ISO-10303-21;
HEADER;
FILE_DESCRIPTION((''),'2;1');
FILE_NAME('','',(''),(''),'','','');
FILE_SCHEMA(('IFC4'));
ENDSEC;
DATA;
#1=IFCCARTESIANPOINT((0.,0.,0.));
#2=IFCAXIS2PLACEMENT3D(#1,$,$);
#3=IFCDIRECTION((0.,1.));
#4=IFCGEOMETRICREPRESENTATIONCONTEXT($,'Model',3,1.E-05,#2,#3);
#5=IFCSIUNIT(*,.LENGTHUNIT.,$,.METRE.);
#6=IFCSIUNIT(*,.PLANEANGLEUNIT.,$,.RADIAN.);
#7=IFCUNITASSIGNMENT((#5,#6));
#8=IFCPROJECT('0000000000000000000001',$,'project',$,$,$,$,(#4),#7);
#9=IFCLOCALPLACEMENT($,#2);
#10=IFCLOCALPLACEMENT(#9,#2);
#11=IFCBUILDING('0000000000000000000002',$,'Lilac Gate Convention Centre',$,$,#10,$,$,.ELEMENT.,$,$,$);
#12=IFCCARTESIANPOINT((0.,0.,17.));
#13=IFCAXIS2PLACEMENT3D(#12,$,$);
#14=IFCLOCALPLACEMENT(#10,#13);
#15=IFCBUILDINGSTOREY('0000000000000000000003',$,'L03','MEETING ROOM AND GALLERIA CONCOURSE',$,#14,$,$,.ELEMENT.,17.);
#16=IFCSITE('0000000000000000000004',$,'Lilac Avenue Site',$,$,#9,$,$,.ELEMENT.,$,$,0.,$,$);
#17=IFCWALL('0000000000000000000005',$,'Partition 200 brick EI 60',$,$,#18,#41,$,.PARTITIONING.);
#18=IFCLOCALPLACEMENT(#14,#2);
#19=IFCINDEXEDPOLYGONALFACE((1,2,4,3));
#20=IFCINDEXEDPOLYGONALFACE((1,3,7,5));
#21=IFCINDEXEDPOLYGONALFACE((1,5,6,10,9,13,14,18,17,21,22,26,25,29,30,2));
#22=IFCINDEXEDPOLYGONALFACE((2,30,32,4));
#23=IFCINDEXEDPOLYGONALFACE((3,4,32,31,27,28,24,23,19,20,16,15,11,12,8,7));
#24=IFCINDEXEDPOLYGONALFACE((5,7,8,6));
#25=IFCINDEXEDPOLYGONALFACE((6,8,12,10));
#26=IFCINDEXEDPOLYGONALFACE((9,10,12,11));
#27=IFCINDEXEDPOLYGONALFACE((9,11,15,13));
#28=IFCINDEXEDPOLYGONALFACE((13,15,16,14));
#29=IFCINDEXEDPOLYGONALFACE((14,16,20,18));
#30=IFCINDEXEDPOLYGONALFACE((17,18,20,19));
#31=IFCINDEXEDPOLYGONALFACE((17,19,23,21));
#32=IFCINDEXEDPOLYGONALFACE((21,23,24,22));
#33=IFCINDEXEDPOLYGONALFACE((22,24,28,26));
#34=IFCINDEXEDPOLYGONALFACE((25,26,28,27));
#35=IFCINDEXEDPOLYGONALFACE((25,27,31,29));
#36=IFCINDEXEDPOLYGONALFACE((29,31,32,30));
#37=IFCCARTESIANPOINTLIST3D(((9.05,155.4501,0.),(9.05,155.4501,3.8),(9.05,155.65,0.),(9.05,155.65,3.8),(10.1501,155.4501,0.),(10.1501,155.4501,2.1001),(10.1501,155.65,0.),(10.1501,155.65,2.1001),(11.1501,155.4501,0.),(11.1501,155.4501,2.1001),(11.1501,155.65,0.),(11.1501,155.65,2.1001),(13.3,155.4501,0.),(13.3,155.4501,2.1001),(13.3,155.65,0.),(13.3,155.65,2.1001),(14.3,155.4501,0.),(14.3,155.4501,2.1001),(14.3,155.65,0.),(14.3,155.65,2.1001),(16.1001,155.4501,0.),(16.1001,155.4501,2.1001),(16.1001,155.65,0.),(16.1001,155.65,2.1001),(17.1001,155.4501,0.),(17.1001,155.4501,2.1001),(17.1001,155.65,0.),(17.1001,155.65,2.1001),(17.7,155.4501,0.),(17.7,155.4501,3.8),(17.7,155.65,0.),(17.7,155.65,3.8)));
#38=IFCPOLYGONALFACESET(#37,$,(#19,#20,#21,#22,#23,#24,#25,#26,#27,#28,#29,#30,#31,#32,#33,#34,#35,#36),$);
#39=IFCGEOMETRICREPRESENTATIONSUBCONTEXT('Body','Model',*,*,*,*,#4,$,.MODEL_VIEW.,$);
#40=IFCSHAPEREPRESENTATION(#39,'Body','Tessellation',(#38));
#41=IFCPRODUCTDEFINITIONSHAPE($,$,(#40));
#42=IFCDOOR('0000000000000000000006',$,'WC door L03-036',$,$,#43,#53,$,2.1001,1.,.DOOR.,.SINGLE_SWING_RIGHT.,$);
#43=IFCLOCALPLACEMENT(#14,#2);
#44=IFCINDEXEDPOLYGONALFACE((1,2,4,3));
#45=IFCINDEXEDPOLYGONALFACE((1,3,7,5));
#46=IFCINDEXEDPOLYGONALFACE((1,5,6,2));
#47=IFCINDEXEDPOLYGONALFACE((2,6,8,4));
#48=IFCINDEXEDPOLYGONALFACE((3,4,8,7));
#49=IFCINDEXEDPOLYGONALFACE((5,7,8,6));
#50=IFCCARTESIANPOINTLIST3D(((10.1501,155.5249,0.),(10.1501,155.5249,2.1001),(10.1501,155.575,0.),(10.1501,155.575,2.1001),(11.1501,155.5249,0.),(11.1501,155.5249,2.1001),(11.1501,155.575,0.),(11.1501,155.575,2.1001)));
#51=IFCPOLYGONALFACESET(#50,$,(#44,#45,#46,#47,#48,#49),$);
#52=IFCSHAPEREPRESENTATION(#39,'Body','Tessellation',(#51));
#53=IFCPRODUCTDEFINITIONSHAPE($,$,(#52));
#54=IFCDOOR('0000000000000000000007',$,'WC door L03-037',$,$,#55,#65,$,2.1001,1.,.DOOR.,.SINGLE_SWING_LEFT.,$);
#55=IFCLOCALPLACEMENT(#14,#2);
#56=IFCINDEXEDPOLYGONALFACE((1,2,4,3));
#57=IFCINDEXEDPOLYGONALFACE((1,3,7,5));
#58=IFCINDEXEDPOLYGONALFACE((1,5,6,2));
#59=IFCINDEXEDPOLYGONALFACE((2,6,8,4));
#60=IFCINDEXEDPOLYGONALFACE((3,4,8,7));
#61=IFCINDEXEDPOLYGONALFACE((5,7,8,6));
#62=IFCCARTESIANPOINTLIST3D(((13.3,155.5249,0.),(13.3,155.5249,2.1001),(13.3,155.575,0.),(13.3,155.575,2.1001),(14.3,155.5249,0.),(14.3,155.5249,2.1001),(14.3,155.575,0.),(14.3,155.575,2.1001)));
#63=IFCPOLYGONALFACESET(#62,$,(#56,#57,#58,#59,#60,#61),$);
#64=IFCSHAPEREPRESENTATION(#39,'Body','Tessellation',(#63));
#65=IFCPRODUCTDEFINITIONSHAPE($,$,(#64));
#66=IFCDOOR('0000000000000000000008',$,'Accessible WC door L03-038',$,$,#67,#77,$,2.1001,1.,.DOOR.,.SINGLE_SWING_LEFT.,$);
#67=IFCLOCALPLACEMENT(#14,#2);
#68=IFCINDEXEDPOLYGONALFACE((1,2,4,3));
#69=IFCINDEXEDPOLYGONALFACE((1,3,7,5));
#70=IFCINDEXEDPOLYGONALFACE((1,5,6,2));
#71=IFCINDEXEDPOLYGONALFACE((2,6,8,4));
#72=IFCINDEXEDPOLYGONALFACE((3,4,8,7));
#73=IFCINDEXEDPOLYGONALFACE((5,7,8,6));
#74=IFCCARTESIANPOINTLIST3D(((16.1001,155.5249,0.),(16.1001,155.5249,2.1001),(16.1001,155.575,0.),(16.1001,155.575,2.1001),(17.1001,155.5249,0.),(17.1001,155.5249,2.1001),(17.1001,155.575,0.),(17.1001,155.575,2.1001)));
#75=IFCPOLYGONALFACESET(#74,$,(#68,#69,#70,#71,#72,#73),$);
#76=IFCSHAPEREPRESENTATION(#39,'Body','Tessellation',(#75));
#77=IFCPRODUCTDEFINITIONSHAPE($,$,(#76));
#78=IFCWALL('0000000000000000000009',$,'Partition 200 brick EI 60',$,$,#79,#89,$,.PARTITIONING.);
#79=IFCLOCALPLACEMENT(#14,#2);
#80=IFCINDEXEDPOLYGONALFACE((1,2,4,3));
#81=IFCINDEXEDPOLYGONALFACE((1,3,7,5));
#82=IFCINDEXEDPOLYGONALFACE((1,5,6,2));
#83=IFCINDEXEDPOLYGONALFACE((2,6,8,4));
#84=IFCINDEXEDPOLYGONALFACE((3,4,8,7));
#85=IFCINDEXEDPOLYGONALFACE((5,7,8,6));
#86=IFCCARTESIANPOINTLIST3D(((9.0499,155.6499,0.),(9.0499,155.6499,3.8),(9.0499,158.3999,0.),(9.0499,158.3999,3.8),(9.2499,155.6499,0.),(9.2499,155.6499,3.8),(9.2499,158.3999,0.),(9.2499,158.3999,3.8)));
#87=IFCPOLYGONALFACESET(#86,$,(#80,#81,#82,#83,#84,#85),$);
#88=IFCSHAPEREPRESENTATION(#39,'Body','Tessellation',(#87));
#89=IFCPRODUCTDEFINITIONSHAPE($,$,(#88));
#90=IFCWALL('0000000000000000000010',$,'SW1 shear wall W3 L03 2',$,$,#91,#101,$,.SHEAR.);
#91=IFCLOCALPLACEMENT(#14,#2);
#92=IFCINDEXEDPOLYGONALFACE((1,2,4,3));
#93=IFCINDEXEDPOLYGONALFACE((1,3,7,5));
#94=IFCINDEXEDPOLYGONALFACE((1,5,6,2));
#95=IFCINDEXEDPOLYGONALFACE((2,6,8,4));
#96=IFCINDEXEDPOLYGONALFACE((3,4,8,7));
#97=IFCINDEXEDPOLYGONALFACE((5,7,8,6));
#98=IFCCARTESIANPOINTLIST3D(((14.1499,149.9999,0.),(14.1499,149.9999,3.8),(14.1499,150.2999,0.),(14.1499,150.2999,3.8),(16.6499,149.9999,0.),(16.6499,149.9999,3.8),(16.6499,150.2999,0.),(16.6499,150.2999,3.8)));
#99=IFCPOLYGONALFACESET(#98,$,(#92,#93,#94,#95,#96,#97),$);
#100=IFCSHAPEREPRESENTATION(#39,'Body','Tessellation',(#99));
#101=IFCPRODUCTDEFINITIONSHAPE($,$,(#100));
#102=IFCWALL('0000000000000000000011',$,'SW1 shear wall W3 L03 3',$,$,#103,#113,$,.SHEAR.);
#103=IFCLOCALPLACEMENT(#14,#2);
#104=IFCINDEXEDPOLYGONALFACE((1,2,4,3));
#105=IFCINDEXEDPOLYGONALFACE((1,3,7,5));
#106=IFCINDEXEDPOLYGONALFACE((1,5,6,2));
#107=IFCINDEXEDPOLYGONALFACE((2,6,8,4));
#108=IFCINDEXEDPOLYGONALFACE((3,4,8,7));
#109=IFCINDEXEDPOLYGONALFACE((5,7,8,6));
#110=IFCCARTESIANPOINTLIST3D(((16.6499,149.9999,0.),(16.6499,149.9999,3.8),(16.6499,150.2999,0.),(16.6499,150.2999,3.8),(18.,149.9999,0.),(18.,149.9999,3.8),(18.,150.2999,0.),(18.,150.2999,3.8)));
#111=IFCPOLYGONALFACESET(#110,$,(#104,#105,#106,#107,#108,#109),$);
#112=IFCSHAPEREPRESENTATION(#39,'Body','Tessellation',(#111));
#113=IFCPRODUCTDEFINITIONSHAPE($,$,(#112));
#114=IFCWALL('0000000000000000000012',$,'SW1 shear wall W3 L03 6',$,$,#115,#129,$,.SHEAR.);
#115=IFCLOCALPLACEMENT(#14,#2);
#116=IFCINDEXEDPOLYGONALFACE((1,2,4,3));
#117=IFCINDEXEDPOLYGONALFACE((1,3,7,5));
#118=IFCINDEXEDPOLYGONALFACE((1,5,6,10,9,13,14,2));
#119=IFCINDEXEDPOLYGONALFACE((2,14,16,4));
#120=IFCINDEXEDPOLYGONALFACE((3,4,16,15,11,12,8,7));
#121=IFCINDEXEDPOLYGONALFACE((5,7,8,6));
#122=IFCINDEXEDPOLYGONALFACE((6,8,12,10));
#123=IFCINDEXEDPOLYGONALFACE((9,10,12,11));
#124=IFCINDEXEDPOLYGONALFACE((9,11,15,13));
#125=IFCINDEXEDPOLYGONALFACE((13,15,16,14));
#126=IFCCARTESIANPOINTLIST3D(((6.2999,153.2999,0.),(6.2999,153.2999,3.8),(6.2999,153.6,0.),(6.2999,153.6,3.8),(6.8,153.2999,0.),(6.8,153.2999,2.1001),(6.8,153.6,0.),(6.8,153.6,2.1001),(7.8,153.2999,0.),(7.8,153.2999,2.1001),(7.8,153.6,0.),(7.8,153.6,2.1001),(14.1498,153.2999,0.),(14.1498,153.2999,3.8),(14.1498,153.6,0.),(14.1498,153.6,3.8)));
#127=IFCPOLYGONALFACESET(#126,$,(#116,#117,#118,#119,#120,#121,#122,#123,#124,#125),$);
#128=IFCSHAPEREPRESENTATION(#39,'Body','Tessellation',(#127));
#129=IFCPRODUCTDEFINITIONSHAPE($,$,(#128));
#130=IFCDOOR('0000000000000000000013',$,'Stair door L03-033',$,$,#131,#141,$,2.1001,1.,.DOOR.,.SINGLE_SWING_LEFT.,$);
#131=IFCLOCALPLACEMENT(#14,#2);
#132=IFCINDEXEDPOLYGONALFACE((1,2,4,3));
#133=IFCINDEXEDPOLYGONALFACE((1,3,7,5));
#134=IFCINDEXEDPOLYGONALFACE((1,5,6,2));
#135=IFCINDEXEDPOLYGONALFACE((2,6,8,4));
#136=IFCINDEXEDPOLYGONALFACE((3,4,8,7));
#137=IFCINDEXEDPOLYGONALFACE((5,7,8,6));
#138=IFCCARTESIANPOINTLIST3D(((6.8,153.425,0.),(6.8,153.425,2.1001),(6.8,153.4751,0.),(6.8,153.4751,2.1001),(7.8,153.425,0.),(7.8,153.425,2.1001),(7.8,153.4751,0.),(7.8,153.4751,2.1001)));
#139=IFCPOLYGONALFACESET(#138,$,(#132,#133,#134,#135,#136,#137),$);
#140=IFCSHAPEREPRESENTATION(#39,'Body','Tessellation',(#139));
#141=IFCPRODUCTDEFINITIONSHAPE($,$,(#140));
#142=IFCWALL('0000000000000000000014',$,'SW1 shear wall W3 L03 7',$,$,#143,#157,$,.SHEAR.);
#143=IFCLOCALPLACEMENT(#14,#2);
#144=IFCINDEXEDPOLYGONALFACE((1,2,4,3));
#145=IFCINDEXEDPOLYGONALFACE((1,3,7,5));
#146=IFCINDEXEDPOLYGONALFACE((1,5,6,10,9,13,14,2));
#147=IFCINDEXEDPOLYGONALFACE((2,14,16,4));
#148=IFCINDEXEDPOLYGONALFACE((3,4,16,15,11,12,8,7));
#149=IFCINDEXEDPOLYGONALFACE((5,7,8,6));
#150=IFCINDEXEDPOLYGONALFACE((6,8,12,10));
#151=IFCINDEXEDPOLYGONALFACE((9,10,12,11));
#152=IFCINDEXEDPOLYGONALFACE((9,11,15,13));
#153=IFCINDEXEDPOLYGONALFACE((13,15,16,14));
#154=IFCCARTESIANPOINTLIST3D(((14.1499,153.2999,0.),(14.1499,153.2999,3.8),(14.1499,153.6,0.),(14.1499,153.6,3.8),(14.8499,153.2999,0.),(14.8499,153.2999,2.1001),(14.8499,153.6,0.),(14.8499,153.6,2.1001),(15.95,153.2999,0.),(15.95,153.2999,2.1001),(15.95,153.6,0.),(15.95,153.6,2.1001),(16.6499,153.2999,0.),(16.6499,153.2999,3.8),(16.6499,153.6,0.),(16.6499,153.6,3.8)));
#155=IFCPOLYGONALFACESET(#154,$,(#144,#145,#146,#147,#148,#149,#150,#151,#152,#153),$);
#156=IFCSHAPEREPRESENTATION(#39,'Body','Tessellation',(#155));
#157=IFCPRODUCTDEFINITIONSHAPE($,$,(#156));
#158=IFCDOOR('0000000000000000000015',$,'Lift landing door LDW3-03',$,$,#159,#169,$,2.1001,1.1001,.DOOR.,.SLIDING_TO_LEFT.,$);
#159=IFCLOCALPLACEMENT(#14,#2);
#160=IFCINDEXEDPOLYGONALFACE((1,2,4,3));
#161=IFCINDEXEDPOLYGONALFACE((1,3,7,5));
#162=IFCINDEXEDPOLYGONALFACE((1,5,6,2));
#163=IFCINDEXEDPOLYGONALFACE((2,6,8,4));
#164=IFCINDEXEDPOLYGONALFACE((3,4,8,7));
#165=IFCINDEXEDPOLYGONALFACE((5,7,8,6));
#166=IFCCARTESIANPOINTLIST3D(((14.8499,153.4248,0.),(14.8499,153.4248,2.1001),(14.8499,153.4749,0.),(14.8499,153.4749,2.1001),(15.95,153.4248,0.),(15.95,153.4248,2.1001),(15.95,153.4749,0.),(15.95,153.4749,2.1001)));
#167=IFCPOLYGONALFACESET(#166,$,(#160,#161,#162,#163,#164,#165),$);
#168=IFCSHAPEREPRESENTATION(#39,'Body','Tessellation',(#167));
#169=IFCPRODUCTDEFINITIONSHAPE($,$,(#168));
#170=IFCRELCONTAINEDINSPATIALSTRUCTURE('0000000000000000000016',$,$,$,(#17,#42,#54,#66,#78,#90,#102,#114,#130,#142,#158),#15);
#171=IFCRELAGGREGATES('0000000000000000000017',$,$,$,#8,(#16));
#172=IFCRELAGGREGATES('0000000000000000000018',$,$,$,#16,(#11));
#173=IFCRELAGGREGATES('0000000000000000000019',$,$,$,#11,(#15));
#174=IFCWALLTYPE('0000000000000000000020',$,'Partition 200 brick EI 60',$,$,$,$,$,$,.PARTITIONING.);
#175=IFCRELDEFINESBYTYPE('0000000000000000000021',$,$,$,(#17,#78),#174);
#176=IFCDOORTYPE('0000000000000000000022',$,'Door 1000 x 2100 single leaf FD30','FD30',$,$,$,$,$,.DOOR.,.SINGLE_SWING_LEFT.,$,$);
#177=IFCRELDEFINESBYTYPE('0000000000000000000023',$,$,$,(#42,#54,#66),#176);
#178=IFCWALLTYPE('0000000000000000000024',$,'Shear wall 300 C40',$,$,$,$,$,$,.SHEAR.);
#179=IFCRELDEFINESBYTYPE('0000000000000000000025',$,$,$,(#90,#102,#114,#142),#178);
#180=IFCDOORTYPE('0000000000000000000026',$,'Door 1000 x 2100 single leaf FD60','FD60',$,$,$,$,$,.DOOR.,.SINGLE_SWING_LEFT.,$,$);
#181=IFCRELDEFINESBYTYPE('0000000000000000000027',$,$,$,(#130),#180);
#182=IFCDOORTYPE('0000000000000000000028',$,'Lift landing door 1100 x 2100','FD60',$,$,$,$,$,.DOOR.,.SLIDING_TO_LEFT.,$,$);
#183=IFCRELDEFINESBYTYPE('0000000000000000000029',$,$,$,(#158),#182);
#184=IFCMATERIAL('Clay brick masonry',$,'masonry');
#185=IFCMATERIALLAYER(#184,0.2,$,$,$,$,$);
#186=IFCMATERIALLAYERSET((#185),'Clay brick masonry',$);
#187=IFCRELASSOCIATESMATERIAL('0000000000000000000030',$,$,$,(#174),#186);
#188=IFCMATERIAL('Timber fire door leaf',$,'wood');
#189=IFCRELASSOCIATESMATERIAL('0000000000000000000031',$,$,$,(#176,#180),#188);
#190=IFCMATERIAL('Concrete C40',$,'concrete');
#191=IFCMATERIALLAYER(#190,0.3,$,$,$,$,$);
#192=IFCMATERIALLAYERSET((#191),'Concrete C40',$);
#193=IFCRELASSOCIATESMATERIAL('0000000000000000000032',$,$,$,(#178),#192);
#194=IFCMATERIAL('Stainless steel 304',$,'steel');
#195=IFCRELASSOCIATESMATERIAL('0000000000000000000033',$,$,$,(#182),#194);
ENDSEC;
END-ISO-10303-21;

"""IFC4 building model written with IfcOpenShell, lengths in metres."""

from ifc_helpers import new_model, si_unit, direction, frame, frame_2d, origin, place, context, subcontext, project, spatial, rectangle, extrude, material, layer, layer_set, type_object, element, fill, save


model = new_model("IFC4")

# Units and contexts
model_context = context("Model", 3, precision=1e-05, world=origin(), true_north=direction((0.0, 1.0)))
body_context = subcontext(model_context, "Body", "Model", "MODEL_VIEW")
ifc_project = project(units=[si_unit("LENGTHUNIT", "METRE"), si_unit("PLANEANGLEUNIT", "RADIAN")], contexts=[model_context])

# Site, building, storey
site_placement = place(None, origin())
site = spatial("IfcSite", under=ifc_project, at=site_placement, Name="Lilac Avenue Site", CompositionType="ELEMENT", RefElevation=0.0)
building_placement = place(site_placement, origin())
building = spatial("IfcBuilding", under=site, at=building_placement, Name="Lilac Gate Convention Centre", CompositionType="ELEMENT")
storey_placement = place(building_placement, frame((0.0, 0.0, 17.0)))
storey = spatial("IfcBuildingStorey", under=building, at=storey_placement, Name="L03", Description="MEETING ROOM AND GALLERIA CONCOURSE", CompositionType="ELEMENT", Elevation=17.0)

# Shared definitions
ifc_material_1 = material(Name="Concrete C40", Category="concrete")

# Wall, openings, doors
ifc_material_2 = material(Name="Clay brick masonry", Category="masonry")
ifc_layer_1 = layer(ifc_material_2, 0.2)
ifc_layer_set_1 = layer_set([ifc_layer_1], Name="Clay brick masonry")
wall_type_1 = type_object("IfcWallType", Name="Partition 200 brick EI 60", PredefinedType="PARTITIONING", material=ifc_layer_set_1)
wall_1_placement = place(storey_placement, frame((9.05, 155.55, 0.0), z_axis=(0.0, 0.0, 1.0), x_axis=(1.0, 0.0, 0.0)))
wall_1 = element("IfcWall", 1, at=wall_1_placement, inside=storey, type_object=wall_type_1, Name="Partition 200 brick EI 60", PredefinedType="PARTITIONING", context=body_context, shape_type="SweptSolid", body=[
    extrude(rectangle(XDim=8.6499, YDim=0.2, at=frame_2d((4.325, 0.0))), origin(), (0.0, 0.0, 1.0), 3.8),
])
opening_1_placement = place(wall_1_placement, frame((1.1001, 0.0, 0.0)))
opening_1 = element("IfcOpeningElement", 2, at=opening_1_placement, cuts=wall_1, PredefinedType="OPENING", context=body_context, shape_type="SweptSolid", body=[
    extrude(rectangle(XDim=1.0, YDim=2.1001, at=frame_2d((0.5, 1.05))), frame((0.0, 0.1099, 0.0), z_axis=(0.0, -1.0, 0.0), x_axis=(1.0, 0.0, 0.0)), (0.0, 0.0, 1.0), 0.22),
])
opening_2_placement = place(wall_1_placement, frame((4.25, 0.0, 0.0)))
opening_2 = element("IfcOpeningElement", 3, at=opening_2_placement, cuts=wall_1, PredefinedType="OPENING", context=body_context, shape_type="SweptSolid", body=[
    extrude(rectangle(XDim=1.0, YDim=2.1001, at=frame_2d((0.5, 1.05))), frame((0.0, 0.1099, 0.0), z_axis=(0.0, -1.0, 0.0), x_axis=(1.0, 0.0, 0.0)), (0.0, 0.0, 1.0), 0.22),
])
opening_3_placement = place(wall_1_placement, frame((7.05, 0.0, 0.0)))
opening_3 = element("IfcOpeningElement", 4, at=opening_3_placement, cuts=wall_1, PredefinedType="OPENING", context=body_context, shape_type="SweptSolid", body=[
    extrude(rectangle(XDim=1.0, YDim=2.1001, at=frame_2d((0.5, 1.05))), frame((0.0, 0.1099, 0.0), z_axis=(0.0, -1.0, 0.0), x_axis=(1.0, 0.0, 0.0)), (0.0, 0.0, 1.0), 0.22),
])
ifc_material_3 = material(Name="Timber fire door leaf", Category="wood")
door_type_1 = type_object("IfcDoorType", Name="Door 1000 x 2100 single leaf FD30", Description="FD30", OperationType="SINGLE_SWING_LEFT", PredefinedType="DOOR", material=ifc_material_3)
door_1_placement = place(opening_1_placement, origin())
door_1 = element("IfcDoor", 5, at=door_1_placement, inside=storey, type_object=door_type_1, Name="WC door L03-036", OperationType="SINGLE_SWING_RIGHT", OverallHeight=2.1001, OverallWidth=1.0, PredefinedType="DOOR", context=body_context, shape_type="SweptSolid", body=[
    extrude(rectangle(XDim=1.0, YDim=2.1001, at=frame_2d((0.5, 1.05))), frame((0.0, 0.0249, 0.0), z_axis=(0.0, -1.0, 0.0), x_axis=(1.0, 0.0, 0.0)), (0.0, 0.0, 1.0), 0.05),
])
fill(opening_1, door_1)
door_2_placement = place(opening_2_placement, origin())
door_2 = element("IfcDoor", 6, at=door_2_placement, inside=storey, type_object=door_type_1, Name="WC door L03-037", OperationType="SINGLE_SWING_LEFT", OverallHeight=2.1001, OverallWidth=1.0, PredefinedType="DOOR", context=body_context, shape_type="SweptSolid", body=[
    extrude(rectangle(XDim=1.0, YDim=2.1001, at=frame_2d((0.5, 1.05))), frame((0.0, 0.0249, 0.0), z_axis=(0.0, -1.0, 0.0), x_axis=(1.0, 0.0, 0.0)), (0.0, 0.0, 1.0), 0.05),
])
fill(opening_2, door_2)
door_3_placement = place(opening_3_placement, origin())
door_3 = element("IfcDoor", 7, at=door_3_placement, inside=storey, type_object=door_type_1, Name="Accessible WC door L03-038", OperationType="SINGLE_SWING_LEFT", OverallHeight=2.1001, OverallWidth=1.0, PredefinedType="DOOR", context=body_context, shape_type="SweptSolid", body=[
    extrude(rectangle(XDim=1.0, YDim=2.1001, at=frame_2d((0.5, 1.05))), frame((0.0, 0.0249, 0.0), z_axis=(0.0, -1.0, 0.0), x_axis=(1.0, 0.0, 0.0)), (0.0, 0.0, 1.0), 0.05),
])
fill(opening_3, door_3)

# Walls
wall_2_placement = place(storey_placement, frame((9.1499, 155.6499, 0.0), z_axis=(0.0, 0.0, 1.0), x_axis=(0.0, 1.0, 0.0)))
element("IfcWall", 8, at=wall_2_placement, inside=storey, type_object=wall_type_1, Name="Partition 200 brick EI 60", PredefinedType="PARTITIONING", context=body_context, shape_type="SweptSolid", body=[
    extrude(rectangle(XDim=2.75, YDim=0.2, at=frame_2d((1.375, 0.0))), origin(), (0.0, 0.0, 1.0), 3.8),
])
ifc_layer_2 = layer(ifc_material_1, 0.3)
ifc_layer_set_2 = layer_set([ifc_layer_2], Name="Concrete C40")
wall_type_2 = type_object("IfcWallType", Name="Shear wall 300 C40", PredefinedType="SHEAR", material=ifc_layer_set_2)
wall_3_placement = place(storey_placement, frame((14.1499, 150.1499, 0.0), z_axis=(0.0, 0.0, 1.0), x_axis=(1.0, 0.0, 0.0)))
element("IfcWall", 9, at=wall_3_placement, inside=storey, type_object=wall_type_2, Name="SW1 shear wall W3 L03 2", PredefinedType="SHEAR", context=body_context, shape_type="SweptSolid", body=[
    extrude(rectangle(XDim=2.5, YDim=0.3, at=frame_2d((1.25, 0.0))), origin(), (0.0, 0.0, 1.0), 3.8),
])
wall_4_placement = place(storey_placement, frame((16.6499, 150.1499, 0.0), z_axis=(0.0, 0.0, 1.0), x_axis=(1.0, 0.0, 0.0)))
element("IfcWall", 10, at=wall_4_placement, inside=storey, type_object=wall_type_2, Name="SW1 shear wall W3 L03 3", PredefinedType="SHEAR", context=body_context, shape_type="SweptSolid", body=[
    extrude(rectangle(XDim=1.3501, YDim=0.3, at=frame_2d((0.675, 0.0))), origin(), (0.0, 0.0, 1.0), 3.8),
])

# Walls, openings, doors
wall_5_placement = place(storey_placement, frame((6.3, 153.45, 0.0), z_axis=(0.0, 0.0, 1.0), x_axis=(1.0, 0.0, 0.0)))
wall_5 = element("IfcWall", 11, at=wall_5_placement, inside=storey, type_object=wall_type_2, Name="SW1 shear wall W3 L03 6", PredefinedType="SHEAR", context=body_context, shape_type="SweptSolid", body=[
    extrude(rectangle(XDim=7.8499, YDim=0.3, at=frame_2d((3.9248, 0.0))), origin(), (0.0, 0.0, 1.0), 3.8),
])
opening_4_placement = place(wall_5_placement, frame((0.5, 0.0, 0.0)))
opening_4 = element("IfcOpeningElement", 12, at=opening_4_placement, cuts=wall_5, PredefinedType="OPENING", context=body_context, shape_type="SweptSolid", body=[
    extrude(rectangle(XDim=1.0, YDim=2.1001, at=frame_2d((0.5, 1.05))), frame((0.0, 0.1599, 0.0), z_axis=(0.0, -1.0, 0.0), x_axis=(1.0, 0.0, 0.0)), (0.0, 0.0, 1.0), 0.3201),
])
door_type_2 = type_object("IfcDoorType", Name="Door 1000 x 2100 single leaf FD60", Description="FD60", OperationType="SINGLE_SWING_LEFT", PredefinedType="DOOR", material=ifc_material_3)
door_4_placement = place(opening_4_placement, frame((1.0, 0.0, 0.0), z_axis=(0.0, 0.0, 1.0), x_axis=(-1.0, 0.0, 0.0)))
door_4 = element("IfcDoor", 13, at=door_4_placement, inside=storey, type_object=door_type_2, Name="Stair door L03-033", OperationType="SINGLE_SWING_LEFT", OverallHeight=2.1001, OverallWidth=1.0, PredefinedType="DOOR", context=body_context, shape_type="SweptSolid", body=[
    extrude(rectangle(XDim=1.0, YDim=2.1001, at=frame_2d((0.5, 1.05))), frame((0.0, 0.0249, 0.0), z_axis=(0.0, -1.0, 0.0), x_axis=(1.0, 0.0, 0.0)), (0.0, 0.0, 1.0), 0.05),
])
fill(opening_4, door_4)
wall_6_placement = place(storey_placement, frame((14.1499, 153.45, 0.0), z_axis=(0.0, 0.0, 1.0), x_axis=(1.0, 0.0, 0.0)))
wall_6 = element("IfcWall", 14, at=wall_6_placement, inside=storey, type_object=wall_type_2, Name="SW1 shear wall W3 L03 7", PredefinedType="SHEAR", context=body_context, shape_type="SweptSolid", body=[
    extrude(rectangle(XDim=2.5, YDim=0.3, at=frame_2d((1.25, 0.0))), origin(), (0.0, 0.0, 1.0), 3.8),
])
opening_5_placement = place(wall_6_placement, frame((0.7, 0.0, 0.0)))
opening_5 = element("IfcOpeningElement", 15, at=opening_5_placement, cuts=wall_6, PredefinedType="OPENING", context=body_context, shape_type="SweptSolid", body=[
    extrude(rectangle(XDim=1.1001, YDim=2.1001, at=frame_2d((0.55, 1.05))), frame((0.0, 0.1599, 0.0), z_axis=(0.0, -1.0, 0.0), x_axis=(1.0, 0.0, 0.0)), (0.0, 0.0, 1.0), 0.3201),
])
ifc_material_4 = material(Name="Stainless steel 304", Category="steel")
door_type_3 = type_object("IfcDoorType", Name="Lift landing door 1100 x 2100", Description="FD60", OperationType="SLIDING_TO_LEFT", PredefinedType="DOOR", material=ifc_material_4)
door_5_placement = place(opening_5_placement, origin())
door_5 = element("IfcDoor", 16, at=door_5_placement, inside=storey, type_object=door_type_3, Name="Lift landing door LDW3-03", OperationType="SLIDING_TO_LEFT", OverallHeight=2.1001, OverallWidth=1.1001, PredefinedType="DOOR", context=body_context, shape_type="SweptSolid", body=[
    extrude(rectangle(XDim=1.1001, YDim=2.1001, at=frame_2d((0.55, 1.05))), frame((0.0, 0.0249, 0.0), z_axis=(0.0, -1.0, 0.0), x_axis=(1.0, 0.0, 0.0)), (0.0, 0.0, 1.0), 0.05),
])
fill(opening_5, door_5)

save(model, "model.ifc")
